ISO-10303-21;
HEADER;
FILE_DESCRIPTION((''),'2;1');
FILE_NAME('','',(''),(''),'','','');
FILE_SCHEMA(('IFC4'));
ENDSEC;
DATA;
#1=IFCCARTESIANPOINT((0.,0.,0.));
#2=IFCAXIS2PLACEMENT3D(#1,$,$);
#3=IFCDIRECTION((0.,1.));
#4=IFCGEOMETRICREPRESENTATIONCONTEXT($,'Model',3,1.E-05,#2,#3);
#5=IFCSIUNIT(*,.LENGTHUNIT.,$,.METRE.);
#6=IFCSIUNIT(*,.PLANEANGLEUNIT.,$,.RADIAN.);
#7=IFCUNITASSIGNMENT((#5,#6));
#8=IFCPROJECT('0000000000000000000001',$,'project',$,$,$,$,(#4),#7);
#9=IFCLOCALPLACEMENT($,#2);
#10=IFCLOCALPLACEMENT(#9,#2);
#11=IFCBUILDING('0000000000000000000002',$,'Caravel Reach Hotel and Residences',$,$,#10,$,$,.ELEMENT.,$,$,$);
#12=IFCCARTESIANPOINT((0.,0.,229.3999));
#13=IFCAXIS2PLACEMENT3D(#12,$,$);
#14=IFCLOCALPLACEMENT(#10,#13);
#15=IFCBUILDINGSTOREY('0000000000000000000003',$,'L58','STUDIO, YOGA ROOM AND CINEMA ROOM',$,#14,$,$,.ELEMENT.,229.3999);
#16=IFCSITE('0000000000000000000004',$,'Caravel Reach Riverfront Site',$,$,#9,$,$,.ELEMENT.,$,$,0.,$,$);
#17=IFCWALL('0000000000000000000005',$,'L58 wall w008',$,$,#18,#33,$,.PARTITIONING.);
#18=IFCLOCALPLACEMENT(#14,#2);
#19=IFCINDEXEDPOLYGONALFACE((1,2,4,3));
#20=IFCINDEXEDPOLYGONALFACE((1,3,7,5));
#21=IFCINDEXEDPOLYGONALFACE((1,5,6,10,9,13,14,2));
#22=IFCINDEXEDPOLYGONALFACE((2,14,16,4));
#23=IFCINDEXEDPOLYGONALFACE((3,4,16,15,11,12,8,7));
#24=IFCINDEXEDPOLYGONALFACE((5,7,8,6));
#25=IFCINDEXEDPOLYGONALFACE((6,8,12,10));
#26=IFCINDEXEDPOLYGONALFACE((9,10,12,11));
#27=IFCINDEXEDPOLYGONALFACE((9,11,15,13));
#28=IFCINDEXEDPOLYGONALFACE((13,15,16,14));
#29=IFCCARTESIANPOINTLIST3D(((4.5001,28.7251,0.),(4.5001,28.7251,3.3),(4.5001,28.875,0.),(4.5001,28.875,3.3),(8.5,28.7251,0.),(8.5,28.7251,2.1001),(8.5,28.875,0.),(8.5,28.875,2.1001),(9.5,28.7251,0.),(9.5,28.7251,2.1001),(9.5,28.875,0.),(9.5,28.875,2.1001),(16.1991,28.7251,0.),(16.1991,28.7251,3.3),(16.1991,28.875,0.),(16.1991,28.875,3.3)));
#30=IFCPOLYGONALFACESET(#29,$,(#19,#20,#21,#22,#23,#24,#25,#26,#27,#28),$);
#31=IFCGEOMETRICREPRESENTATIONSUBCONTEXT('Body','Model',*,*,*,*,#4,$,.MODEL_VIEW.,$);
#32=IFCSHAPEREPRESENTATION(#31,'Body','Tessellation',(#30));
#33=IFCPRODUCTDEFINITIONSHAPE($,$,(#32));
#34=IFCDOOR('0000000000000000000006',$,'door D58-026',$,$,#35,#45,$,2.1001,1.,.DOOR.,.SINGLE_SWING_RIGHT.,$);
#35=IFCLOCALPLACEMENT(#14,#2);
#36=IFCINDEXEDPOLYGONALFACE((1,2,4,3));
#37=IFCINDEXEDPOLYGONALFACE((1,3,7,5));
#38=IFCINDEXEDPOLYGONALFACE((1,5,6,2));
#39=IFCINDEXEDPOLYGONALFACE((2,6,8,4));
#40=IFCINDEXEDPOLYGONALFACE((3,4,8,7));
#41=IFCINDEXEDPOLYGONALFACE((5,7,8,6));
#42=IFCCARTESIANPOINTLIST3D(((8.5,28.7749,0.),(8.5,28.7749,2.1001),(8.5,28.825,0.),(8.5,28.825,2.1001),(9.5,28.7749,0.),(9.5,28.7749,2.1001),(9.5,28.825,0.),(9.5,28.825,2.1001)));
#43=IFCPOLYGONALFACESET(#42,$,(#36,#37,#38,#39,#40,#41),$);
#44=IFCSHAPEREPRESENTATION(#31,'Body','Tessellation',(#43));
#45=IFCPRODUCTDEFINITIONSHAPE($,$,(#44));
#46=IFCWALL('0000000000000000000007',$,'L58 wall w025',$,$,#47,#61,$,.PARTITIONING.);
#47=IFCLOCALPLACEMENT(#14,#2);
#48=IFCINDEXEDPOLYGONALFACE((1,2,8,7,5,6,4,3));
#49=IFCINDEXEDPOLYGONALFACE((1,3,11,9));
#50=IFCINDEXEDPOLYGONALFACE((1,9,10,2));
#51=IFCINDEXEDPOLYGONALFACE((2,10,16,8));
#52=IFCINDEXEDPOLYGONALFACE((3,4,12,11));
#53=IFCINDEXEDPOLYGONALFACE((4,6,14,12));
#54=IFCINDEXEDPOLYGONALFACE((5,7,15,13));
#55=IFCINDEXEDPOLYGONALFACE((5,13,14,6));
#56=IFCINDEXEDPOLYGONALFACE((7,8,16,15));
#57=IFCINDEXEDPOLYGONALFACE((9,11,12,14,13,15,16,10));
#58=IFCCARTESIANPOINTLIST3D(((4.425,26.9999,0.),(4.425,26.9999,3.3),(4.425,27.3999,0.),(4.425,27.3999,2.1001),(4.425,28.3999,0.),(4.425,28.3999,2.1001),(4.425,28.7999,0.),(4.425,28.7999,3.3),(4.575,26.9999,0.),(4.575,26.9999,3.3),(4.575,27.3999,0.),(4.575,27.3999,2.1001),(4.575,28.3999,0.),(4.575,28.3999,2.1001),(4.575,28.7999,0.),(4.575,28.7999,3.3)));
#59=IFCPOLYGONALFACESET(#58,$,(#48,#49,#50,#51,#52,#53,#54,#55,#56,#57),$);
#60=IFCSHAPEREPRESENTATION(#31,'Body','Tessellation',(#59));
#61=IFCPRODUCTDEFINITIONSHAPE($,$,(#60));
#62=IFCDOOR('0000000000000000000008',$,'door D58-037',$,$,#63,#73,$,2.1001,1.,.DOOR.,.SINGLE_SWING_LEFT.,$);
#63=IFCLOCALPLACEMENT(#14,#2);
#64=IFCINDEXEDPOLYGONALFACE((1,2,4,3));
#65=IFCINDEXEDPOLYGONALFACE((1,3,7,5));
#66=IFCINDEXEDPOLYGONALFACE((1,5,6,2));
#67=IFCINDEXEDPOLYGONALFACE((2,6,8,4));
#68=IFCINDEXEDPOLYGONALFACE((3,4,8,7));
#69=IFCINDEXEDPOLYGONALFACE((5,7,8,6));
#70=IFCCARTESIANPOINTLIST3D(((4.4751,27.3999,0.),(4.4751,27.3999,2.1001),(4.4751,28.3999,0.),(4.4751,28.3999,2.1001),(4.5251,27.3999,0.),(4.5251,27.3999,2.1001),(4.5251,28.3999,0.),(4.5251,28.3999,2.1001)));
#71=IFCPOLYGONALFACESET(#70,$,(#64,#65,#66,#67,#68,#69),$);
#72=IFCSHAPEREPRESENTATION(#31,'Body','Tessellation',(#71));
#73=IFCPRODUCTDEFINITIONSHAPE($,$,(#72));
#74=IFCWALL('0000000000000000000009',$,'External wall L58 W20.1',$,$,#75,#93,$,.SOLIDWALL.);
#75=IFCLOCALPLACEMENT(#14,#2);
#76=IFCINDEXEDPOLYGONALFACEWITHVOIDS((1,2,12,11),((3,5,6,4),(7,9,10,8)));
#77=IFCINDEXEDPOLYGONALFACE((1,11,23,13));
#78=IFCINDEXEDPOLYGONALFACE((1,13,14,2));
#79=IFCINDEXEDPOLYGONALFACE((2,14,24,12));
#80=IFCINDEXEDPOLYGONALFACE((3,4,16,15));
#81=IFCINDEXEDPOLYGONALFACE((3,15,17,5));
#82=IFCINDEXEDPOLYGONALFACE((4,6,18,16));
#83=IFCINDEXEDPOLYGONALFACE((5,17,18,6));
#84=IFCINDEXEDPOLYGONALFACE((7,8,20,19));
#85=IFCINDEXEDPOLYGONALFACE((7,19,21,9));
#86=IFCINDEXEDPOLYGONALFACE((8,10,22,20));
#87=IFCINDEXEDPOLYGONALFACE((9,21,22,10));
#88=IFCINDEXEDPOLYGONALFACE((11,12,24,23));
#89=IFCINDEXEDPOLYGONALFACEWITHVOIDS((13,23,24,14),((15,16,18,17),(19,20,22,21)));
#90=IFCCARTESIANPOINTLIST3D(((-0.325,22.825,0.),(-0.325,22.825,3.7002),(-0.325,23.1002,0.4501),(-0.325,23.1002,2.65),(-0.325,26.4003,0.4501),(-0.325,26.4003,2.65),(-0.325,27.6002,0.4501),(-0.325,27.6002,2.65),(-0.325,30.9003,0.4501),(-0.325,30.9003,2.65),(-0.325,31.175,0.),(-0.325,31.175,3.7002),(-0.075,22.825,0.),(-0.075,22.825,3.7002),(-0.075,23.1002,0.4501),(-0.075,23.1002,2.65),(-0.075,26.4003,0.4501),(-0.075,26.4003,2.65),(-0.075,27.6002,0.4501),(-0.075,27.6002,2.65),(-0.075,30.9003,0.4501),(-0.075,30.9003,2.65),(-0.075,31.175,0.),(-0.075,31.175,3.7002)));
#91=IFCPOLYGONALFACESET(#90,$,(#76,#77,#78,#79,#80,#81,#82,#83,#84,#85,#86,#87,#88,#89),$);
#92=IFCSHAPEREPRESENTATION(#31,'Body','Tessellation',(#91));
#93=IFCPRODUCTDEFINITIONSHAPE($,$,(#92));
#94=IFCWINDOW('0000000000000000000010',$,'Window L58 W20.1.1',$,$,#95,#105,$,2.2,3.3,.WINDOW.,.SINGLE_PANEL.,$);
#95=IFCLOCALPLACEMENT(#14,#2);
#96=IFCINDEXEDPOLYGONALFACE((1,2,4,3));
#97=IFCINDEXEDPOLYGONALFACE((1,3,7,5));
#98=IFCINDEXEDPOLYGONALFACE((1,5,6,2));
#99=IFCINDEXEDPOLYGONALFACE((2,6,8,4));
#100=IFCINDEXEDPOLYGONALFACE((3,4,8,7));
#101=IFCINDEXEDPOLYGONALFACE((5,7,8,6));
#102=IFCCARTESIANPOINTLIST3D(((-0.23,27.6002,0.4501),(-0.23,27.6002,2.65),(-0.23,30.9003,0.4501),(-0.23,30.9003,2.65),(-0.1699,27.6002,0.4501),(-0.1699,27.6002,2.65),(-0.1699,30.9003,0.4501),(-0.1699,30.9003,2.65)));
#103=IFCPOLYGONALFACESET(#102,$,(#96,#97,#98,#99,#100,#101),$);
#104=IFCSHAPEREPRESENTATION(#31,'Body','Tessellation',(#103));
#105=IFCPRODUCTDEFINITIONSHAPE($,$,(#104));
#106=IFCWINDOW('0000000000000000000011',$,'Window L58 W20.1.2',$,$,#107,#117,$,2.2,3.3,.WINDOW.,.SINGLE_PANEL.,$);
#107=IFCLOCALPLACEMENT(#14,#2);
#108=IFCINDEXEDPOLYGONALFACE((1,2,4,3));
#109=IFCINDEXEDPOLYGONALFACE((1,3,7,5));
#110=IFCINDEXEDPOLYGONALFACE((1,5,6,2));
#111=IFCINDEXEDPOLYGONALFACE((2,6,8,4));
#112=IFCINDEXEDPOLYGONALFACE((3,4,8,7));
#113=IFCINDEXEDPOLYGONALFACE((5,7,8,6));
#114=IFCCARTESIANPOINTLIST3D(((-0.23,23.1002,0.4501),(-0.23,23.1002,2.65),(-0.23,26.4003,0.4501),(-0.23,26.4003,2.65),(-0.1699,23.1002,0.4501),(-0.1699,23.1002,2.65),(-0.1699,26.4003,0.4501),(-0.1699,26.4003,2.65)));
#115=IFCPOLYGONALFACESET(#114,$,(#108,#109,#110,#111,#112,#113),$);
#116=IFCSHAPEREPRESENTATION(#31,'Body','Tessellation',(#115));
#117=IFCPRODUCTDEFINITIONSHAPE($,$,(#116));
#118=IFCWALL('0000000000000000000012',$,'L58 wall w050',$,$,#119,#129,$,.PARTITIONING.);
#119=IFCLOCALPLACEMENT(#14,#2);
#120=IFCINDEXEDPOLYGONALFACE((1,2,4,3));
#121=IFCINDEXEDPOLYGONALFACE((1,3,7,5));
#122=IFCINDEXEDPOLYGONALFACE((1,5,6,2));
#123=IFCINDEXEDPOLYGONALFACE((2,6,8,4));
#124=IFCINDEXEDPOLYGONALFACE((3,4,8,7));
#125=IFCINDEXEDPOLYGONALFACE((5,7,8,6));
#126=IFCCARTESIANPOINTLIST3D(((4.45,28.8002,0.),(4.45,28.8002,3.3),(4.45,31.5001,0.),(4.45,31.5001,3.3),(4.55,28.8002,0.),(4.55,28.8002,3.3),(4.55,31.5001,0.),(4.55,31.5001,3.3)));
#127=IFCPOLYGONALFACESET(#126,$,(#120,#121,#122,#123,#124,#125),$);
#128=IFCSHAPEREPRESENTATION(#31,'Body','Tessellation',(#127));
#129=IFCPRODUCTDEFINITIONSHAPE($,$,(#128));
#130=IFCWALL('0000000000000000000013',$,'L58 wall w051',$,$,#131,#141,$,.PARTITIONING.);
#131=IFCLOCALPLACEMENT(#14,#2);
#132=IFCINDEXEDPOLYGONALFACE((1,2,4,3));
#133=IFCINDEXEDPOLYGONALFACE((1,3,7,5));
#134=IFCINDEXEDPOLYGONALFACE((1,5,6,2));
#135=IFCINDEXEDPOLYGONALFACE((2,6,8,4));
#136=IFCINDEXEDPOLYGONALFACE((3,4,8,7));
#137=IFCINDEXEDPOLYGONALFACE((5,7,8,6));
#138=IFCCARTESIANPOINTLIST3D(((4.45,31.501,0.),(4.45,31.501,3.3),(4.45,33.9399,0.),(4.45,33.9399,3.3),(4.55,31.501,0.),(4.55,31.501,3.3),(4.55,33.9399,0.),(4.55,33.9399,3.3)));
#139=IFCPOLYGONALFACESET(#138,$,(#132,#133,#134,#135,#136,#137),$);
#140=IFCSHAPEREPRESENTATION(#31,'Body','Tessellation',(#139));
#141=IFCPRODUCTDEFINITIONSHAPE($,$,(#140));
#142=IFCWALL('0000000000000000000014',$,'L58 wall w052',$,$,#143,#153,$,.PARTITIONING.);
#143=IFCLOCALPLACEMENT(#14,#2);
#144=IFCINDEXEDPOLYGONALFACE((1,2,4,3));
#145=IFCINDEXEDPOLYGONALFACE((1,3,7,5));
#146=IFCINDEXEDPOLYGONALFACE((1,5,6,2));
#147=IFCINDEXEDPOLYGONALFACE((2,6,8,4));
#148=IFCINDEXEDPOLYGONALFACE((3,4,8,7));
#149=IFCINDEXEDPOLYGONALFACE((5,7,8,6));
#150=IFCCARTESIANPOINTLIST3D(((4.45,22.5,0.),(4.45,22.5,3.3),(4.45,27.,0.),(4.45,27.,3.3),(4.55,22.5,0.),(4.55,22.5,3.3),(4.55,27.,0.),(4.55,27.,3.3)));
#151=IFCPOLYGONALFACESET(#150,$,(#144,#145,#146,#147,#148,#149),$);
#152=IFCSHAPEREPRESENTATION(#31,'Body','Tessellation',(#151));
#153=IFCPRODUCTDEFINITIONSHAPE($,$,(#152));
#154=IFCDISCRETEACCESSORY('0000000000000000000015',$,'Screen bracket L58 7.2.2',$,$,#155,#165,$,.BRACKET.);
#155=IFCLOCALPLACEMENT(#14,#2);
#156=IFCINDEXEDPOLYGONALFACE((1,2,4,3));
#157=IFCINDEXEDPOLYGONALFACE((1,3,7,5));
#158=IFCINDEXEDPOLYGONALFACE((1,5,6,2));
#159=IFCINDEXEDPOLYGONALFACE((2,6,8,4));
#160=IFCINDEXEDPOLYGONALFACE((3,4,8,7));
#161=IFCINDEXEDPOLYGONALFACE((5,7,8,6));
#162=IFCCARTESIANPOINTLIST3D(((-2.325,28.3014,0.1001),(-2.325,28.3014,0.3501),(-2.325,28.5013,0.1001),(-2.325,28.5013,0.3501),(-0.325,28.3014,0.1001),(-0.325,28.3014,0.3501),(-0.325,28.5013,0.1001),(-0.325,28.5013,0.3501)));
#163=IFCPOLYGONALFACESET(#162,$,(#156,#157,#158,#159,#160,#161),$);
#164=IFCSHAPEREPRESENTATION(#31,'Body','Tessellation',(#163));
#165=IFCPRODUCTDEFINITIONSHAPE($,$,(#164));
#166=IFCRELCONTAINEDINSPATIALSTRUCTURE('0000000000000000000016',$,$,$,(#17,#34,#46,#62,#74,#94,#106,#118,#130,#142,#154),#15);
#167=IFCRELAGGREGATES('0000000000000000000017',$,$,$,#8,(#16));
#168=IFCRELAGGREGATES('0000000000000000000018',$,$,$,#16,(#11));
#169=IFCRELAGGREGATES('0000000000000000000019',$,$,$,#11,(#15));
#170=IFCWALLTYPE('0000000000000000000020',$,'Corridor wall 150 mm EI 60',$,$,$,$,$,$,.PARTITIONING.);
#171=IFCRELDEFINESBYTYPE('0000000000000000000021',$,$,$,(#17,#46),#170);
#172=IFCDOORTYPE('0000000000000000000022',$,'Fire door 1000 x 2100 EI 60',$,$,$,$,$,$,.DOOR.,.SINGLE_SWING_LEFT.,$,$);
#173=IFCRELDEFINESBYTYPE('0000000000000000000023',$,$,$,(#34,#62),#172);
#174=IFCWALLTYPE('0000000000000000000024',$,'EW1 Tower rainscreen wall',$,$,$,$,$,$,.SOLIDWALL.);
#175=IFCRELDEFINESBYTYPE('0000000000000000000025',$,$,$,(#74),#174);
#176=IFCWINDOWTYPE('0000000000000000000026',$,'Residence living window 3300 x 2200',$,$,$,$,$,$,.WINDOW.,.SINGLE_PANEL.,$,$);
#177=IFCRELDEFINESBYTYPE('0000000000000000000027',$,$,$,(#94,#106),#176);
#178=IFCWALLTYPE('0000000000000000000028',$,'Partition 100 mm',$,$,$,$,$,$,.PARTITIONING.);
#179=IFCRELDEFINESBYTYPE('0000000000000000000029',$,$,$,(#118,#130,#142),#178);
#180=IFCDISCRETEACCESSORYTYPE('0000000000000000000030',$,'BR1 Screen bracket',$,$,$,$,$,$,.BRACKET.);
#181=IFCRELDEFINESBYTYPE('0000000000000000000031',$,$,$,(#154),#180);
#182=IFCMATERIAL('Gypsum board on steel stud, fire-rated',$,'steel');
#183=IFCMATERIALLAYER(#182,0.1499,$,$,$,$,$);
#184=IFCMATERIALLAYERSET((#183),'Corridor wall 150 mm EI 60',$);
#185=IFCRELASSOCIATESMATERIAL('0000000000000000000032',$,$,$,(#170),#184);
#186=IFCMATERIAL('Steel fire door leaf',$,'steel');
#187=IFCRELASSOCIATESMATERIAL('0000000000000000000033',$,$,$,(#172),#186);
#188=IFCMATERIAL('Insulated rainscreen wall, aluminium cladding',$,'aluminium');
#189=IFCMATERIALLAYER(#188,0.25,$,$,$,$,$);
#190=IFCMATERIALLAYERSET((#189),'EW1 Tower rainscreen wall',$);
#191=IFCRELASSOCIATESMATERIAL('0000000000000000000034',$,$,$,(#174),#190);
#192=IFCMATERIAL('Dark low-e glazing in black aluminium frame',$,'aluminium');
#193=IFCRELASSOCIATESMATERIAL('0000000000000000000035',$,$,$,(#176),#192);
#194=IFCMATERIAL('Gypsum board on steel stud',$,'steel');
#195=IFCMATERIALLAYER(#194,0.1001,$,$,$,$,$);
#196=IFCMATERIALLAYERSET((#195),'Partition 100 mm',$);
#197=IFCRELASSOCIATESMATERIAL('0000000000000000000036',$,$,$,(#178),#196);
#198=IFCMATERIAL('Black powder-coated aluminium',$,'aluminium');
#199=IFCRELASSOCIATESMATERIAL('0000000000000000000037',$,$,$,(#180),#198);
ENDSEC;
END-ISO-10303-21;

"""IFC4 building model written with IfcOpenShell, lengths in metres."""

from ifc_helpers import new_model, si_unit, direction, frame, frame_2d, origin, origin_2d, place, context, subcontext, project, spatial, rectangle, extrude, material, layer, layer_set, type_object, element, fill, save


model = new_model("IFC4")

# Units and contexts
model_context = context("Model", 3, precision=1e-05, world=origin(), true_north=direction((0.0, 1.0)))
body_context = subcontext(model_context, "Body", "Model", "MODEL_VIEW")
ifc_project = project(units=[si_unit("LENGTHUNIT", "METRE"), si_unit("PLANEANGLEUNIT", "RADIAN")], contexts=[model_context])

# Site, building, storey
site_placement = place(None, origin())
site = spatial("IfcSite", under=ifc_project, at=site_placement, Name="Caravel Reach Riverfront Site", CompositionType="ELEMENT", RefElevation=0.0)
building_placement = place(site_placement, origin())
building = spatial("IfcBuilding", under=site, at=building_placement, Name="Caravel Reach Hotel and Residences", CompositionType="ELEMENT")
storey_placement = place(building_placement, frame((0.0, 0.0, 229.3999)))
storey = spatial("IfcBuildingStorey", under=building, at=storey_placement, Name="L58", Description="STUDIO, YOGA ROOM AND CINEMA ROOM", CompositionType="ELEMENT", Elevation=229.3999)

# Walls, openings, doors
ifc_material_1 = material(Name="Gypsum board on steel stud, fire-rated", Category="steel")
ifc_layer_1 = layer(ifc_material_1, 0.1499)
ifc_layer_set_1 = layer_set([ifc_layer_1], Name="Corridor wall 150 mm EI 60")
wall_type_1 = type_object("IfcWallType", Name="Corridor wall 150 mm EI 60", PredefinedType="PARTITIONING", material=ifc_layer_set_1)
ifc_material_2 = material(Name="Steel fire door leaf", Category="steel")
door_type = type_object("IfcDoorType", Name="Fire door 1000 x 2100 EI 60", OperationType="SINGLE_SWING_LEFT", PredefinedType="DOOR", material=ifc_material_2)
wall_1_placement = place(storey_placement, frame((4.5, 28.8, 0.0), z_axis=(0.0, 0.0, 1.0), x_axis=(1.0, 0.0, 0.0)))
wall_1 = element("IfcWall", 1, at=wall_1_placement, inside=storey, type_object=wall_type_1, Name="L58 wall w008", PredefinedType="PARTITIONING", context=body_context, shape_type="SweptSolid", body=[
    extrude(rectangle(XDim=11.699, YDim=0.1499, at=frame_2d((5.8496, 0.0))), origin(), (0.0, 0.0, 1.0), 3.3),
])
opening_1_placement = place(wall_1_placement, frame((4.0, 0.0, 0.0)))
opening_1 = element("IfcOpeningElement", 2, at=opening_1_placement, cuts=wall_1, PredefinedType="OPENING", context=body_context, shape_type="SweptSolid", body=[
    extrude(rectangle(XDim=1.0, YDim=2.1001, at=frame_2d((0.5, 1.05))), frame((0.0, 0.085, 0.0), z_axis=(0.0, -1.0, 0.0), x_axis=(1.0, 0.0, 0.0)), (0.0, 0.0, 1.0), 0.1699),
])
door_1_placement = place(opening_1_placement, origin())
door_1 = element("IfcDoor", 3, at=door_1_placement, inside=storey, type_object=door_type, Name="door D58-026", OperationType="SINGLE_SWING_RIGHT", OverallHeight=2.1001, OverallWidth=1.0, PredefinedType="DOOR", context=body_context, shape_type="SweptSolid", body=[
    extrude(rectangle(XDim=1.0, YDim=2.1001, at=frame_2d((0.5, 1.05))), frame((0.0, 0.0249, 0.0), z_axis=(0.0, -1.0, 0.0), x_axis=(1.0, 0.0, 0.0)), (0.0, 0.0, 1.0), 0.05),
])
fill(opening_1, door_1)
wall_2_placement = place(storey_placement, frame((4.5, 27.0, 0.0), z_axis=(0.0, 0.0, 1.0), x_axis=(0.0, 1.0, 0.0)))
wall_2 = element("IfcWall", 4, at=wall_2_placement, inside=storey, type_object=wall_type_1, Name="L58 wall w025", PredefinedType="PARTITIONING", context=body_context, shape_type="SweptSolid", body=[
    extrude(rectangle(XDim=1.8, YDim=0.1499, at=frame_2d((0.8999, 0.0))), origin(), (0.0, 0.0, 1.0), 3.3),
])
opening_2_placement = place(wall_2_placement, frame((0.3999, 0.0, 0.0)))
opening_2 = element("IfcOpeningElement", 5, at=opening_2_placement, cuts=wall_2, PredefinedType="OPENING", context=body_context, shape_type="SweptSolid", body=[
    extrude(rectangle(XDim=1.0, YDim=2.1001, at=frame_2d((0.5, 1.05))), frame((0.0, 0.085, 0.0), z_axis=(0.0, -1.0, 0.0), x_axis=(1.0, 0.0, 0.0)), (0.0, 0.0, 1.0), 0.1699),
])
door_2_placement = place(opening_2_placement, origin())
door_2 = element("IfcDoor", 6, at=door_2_placement, inside=storey, type_object=door_type, Name="door D58-037", OperationType="SINGLE_SWING_LEFT", OverallHeight=2.1001, OverallWidth=1.0, PredefinedType="DOOR", context=body_context, shape_type="SweptSolid", body=[
    extrude(rectangle(XDim=1.0, YDim=2.1001, at=frame_2d((0.5, 1.05))), frame((0.0, 0.0249, 0.0), z_axis=(0.0, -1.0, 0.0), x_axis=(1.0, 0.0, 0.0)), (0.0, 0.0, 1.0), 0.05),
])
fill(opening_2, door_2)

# Wall, openings, windows
ifc_material_3 = material(Name="Insulated rainscreen wall, aluminium cladding", Category="aluminium")
ifc_layer_2 = layer(ifc_material_3, 0.25)
ifc_layer_set_2 = layer_set([ifc_layer_2], Name="EW1 Tower rainscreen wall")
wall_type_2 = type_object("IfcWallType", Name="EW1 Tower rainscreen wall", PredefinedType="SOLIDWALL", material=ifc_layer_set_2)
wall_3_placement = place(storey_placement, frame((-0.2, 31.175, 0.0), z_axis=(0.0, 0.0, 1.0), x_axis=(0.0, -1.0, 0.0)))
wall_3 = element("IfcWall", 7, at=wall_3_placement, inside=storey, type_object=wall_type_2, Name="External wall L58 W20.1", PredefinedType="SOLIDWALL", context=body_context, shape_type="SweptSolid", body=[
    extrude(rectangle(XDim=8.3501, YDim=0.25, at=frame_2d((4.175, 0.0))), origin(), (0.0, 0.0, 1.0), 3.7002),
])
opening_3_placement = place(wall_3_placement, frame((0.2749, 0.0, 0.45)))
opening_3 = element("IfcOpeningElement", 8, at=opening_3_placement, cuts=wall_3, PredefinedType="OPENING", context=body_context, shape_type="SweptSolid", body=[
    extrude(rectangle(XDim=3.3, YDim=2.2, at=frame_2d((1.6499, 1.1001))), frame((0.0, 0.135, 0.0), z_axis=(0.0, -1.0, 0.0), x_axis=(1.0, 0.0, 0.0)), (0.0, 0.0, 1.0), 0.27),
])
opening_4_placement = place(wall_3_placement, frame((4.7749, 0.0, 0.45)))
opening_4 = element("IfcOpeningElement", 9, at=opening_4_placement, cuts=wall_3, PredefinedType="OPENING", context=body_context, shape_type="SweptSolid", body=[
    extrude(rectangle(XDim=3.3, YDim=2.2, at=frame_2d((1.6499, 1.1001))), frame((0.0, 0.135, 0.0), z_axis=(0.0, -1.0, 0.0), x_axis=(1.0, 0.0, 0.0)), (0.0, 0.0, 1.0), 0.27),
])
ifc_material_4 = material(Name="Dark low-e glazing in black aluminium frame", Category="aluminium")
window_type = type_object("IfcWindowType", Name="Residence living window 3300 x 2200", PartitioningType="SINGLE_PANEL", PredefinedType="WINDOW", material=ifc_material_4)
window_1_placement = place(opening_3_placement, origin())
window_1 = element("IfcWindow", 10, at=window_1_placement, inside=storey, type_object=window_type, Name="Window L58 W20.1.1", OverallHeight=2.2, OverallWidth=3.3, PartitioningType="SINGLE_PANEL", PredefinedType="WINDOW", context=body_context, shape_type="SweptSolid", body=[
    extrude(rectangle(XDim=3.3, YDim=2.2, at=frame_2d((1.6499, 1.1001))), frame((0.0, 0.03, 0.0), z_axis=(0.0, -1.0, 0.0), x_axis=(1.0, 0.0, 0.0)), (0.0, 0.0, 1.0), 0.0601),
])
fill(opening_3, window_1)
window_2_placement = place(opening_4_placement, origin())
window_2 = element("IfcWindow", 11, at=window_2_placement, inside=storey, type_object=window_type, Name="Window L58 W20.1.2", OverallHeight=2.2, OverallWidth=3.3, PartitioningType="SINGLE_PANEL", PredefinedType="WINDOW", context=body_context, shape_type="SweptSolid", body=[
    extrude(rectangle(XDim=3.3, YDim=2.2, at=frame_2d((1.6499, 1.1001))), frame((0.0, 0.03, 0.0), z_axis=(0.0, -1.0, 0.0), x_axis=(1.0, 0.0, 0.0)), (0.0, 0.0, 1.0), 0.0601),
])
fill(opening_4, window_2)

# Walls
ifc_material_5 = material(Name="Gypsum board on steel stud", Category="steel")
ifc_layer_3 = layer(ifc_material_5, 0.1001)
ifc_layer_set_3 = layer_set([ifc_layer_3], Name="Partition 100 mm")
wall_type_3 = type_object("IfcWallType", Name="Partition 100 mm", PredefinedType="PARTITIONING", material=ifc_layer_set_3)
wall_4_placement = place(storey_placement, frame((4.5, 28.8, 0.0), z_axis=(0.0, 0.0, 1.0), x_axis=(0.0, 1.0, 0.0)))
element("IfcWall", 12, at=wall_4_placement, inside=storey, type_object=wall_type_3, Name="L58 wall w050", PredefinedType="PARTITIONING", context=body_context, shape_type="SweptSolid", body=[
    extrude(rectangle(XDim=2.7, YDim=0.1001, at=frame_2d((1.3501, 0.0))), origin(), (0.0, 0.0, 1.0), 3.3),
])
wall_5_placement = place(storey_placement, frame((4.5, 31.501, 0.0), z_axis=(0.0, 0.0, 1.0), x_axis=(0.0, 1.0, 0.0)))
element("IfcWall", 13, at=wall_5_placement, inside=storey, type_object=wall_type_3, Name="L58 wall w051", PredefinedType="PARTITIONING", context=body_context, shape_type="SweptSolid", body=[
    extrude(rectangle(XDim=2.439, YDim=0.1001, at=frame_2d((1.2195, 0.0))), origin(), (0.0, 0.0, 1.0), 3.3),
])
wall_6_placement = place(storey_placement, frame((4.5, 22.5, 0.0), z_axis=(0.0, 0.0, 1.0), x_axis=(0.0, 1.0, 0.0)))
element("IfcWall", 14, at=wall_6_placement, inside=storey, type_object=wall_type_3, Name="L58 wall w052", PredefinedType="PARTITIONING", context=body_context, shape_type="SweptSolid", body=[
    extrude(rectangle(XDim=4.5, YDim=0.1001, at=frame_2d((2.25, 0.0))), origin(), (0.0, 0.0, 1.0), 3.3),
])

# Discrete accessory
ifc_material_6 = material(Name="Black powder-coated aluminium", Category="aluminium")
discrete_accessory_type = type_object("IfcDiscreteAccessoryType", Name="BR1 Screen bracket", PredefinedType="BRACKET", material=ifc_material_6)
for number, where, z_axis, x_axis, name in (
    (15, (-1.325, 28.4014, 0.1001), (0.0, 0.0, 1.0), (-1.0, 0.0, 0.0), "Screen bracket L58 7.2.2"),
):
    element("IfcDiscreteAccessory", number, at=place(storey_placement, frame(where, z_axis=z_axis, x_axis=x_axis)), inside=storey, type_object=discrete_accessory_type, Name=name, PredefinedType="BRACKET", context=body_context, shape_type="SweptSolid", body=[
        extrude(rectangle(XDim=2.0, YDim=0.2, at=origin_2d()), origin(), (0.0, 0.0, 1.0), 0.25),
    ])

save(model, "model.ifc")
